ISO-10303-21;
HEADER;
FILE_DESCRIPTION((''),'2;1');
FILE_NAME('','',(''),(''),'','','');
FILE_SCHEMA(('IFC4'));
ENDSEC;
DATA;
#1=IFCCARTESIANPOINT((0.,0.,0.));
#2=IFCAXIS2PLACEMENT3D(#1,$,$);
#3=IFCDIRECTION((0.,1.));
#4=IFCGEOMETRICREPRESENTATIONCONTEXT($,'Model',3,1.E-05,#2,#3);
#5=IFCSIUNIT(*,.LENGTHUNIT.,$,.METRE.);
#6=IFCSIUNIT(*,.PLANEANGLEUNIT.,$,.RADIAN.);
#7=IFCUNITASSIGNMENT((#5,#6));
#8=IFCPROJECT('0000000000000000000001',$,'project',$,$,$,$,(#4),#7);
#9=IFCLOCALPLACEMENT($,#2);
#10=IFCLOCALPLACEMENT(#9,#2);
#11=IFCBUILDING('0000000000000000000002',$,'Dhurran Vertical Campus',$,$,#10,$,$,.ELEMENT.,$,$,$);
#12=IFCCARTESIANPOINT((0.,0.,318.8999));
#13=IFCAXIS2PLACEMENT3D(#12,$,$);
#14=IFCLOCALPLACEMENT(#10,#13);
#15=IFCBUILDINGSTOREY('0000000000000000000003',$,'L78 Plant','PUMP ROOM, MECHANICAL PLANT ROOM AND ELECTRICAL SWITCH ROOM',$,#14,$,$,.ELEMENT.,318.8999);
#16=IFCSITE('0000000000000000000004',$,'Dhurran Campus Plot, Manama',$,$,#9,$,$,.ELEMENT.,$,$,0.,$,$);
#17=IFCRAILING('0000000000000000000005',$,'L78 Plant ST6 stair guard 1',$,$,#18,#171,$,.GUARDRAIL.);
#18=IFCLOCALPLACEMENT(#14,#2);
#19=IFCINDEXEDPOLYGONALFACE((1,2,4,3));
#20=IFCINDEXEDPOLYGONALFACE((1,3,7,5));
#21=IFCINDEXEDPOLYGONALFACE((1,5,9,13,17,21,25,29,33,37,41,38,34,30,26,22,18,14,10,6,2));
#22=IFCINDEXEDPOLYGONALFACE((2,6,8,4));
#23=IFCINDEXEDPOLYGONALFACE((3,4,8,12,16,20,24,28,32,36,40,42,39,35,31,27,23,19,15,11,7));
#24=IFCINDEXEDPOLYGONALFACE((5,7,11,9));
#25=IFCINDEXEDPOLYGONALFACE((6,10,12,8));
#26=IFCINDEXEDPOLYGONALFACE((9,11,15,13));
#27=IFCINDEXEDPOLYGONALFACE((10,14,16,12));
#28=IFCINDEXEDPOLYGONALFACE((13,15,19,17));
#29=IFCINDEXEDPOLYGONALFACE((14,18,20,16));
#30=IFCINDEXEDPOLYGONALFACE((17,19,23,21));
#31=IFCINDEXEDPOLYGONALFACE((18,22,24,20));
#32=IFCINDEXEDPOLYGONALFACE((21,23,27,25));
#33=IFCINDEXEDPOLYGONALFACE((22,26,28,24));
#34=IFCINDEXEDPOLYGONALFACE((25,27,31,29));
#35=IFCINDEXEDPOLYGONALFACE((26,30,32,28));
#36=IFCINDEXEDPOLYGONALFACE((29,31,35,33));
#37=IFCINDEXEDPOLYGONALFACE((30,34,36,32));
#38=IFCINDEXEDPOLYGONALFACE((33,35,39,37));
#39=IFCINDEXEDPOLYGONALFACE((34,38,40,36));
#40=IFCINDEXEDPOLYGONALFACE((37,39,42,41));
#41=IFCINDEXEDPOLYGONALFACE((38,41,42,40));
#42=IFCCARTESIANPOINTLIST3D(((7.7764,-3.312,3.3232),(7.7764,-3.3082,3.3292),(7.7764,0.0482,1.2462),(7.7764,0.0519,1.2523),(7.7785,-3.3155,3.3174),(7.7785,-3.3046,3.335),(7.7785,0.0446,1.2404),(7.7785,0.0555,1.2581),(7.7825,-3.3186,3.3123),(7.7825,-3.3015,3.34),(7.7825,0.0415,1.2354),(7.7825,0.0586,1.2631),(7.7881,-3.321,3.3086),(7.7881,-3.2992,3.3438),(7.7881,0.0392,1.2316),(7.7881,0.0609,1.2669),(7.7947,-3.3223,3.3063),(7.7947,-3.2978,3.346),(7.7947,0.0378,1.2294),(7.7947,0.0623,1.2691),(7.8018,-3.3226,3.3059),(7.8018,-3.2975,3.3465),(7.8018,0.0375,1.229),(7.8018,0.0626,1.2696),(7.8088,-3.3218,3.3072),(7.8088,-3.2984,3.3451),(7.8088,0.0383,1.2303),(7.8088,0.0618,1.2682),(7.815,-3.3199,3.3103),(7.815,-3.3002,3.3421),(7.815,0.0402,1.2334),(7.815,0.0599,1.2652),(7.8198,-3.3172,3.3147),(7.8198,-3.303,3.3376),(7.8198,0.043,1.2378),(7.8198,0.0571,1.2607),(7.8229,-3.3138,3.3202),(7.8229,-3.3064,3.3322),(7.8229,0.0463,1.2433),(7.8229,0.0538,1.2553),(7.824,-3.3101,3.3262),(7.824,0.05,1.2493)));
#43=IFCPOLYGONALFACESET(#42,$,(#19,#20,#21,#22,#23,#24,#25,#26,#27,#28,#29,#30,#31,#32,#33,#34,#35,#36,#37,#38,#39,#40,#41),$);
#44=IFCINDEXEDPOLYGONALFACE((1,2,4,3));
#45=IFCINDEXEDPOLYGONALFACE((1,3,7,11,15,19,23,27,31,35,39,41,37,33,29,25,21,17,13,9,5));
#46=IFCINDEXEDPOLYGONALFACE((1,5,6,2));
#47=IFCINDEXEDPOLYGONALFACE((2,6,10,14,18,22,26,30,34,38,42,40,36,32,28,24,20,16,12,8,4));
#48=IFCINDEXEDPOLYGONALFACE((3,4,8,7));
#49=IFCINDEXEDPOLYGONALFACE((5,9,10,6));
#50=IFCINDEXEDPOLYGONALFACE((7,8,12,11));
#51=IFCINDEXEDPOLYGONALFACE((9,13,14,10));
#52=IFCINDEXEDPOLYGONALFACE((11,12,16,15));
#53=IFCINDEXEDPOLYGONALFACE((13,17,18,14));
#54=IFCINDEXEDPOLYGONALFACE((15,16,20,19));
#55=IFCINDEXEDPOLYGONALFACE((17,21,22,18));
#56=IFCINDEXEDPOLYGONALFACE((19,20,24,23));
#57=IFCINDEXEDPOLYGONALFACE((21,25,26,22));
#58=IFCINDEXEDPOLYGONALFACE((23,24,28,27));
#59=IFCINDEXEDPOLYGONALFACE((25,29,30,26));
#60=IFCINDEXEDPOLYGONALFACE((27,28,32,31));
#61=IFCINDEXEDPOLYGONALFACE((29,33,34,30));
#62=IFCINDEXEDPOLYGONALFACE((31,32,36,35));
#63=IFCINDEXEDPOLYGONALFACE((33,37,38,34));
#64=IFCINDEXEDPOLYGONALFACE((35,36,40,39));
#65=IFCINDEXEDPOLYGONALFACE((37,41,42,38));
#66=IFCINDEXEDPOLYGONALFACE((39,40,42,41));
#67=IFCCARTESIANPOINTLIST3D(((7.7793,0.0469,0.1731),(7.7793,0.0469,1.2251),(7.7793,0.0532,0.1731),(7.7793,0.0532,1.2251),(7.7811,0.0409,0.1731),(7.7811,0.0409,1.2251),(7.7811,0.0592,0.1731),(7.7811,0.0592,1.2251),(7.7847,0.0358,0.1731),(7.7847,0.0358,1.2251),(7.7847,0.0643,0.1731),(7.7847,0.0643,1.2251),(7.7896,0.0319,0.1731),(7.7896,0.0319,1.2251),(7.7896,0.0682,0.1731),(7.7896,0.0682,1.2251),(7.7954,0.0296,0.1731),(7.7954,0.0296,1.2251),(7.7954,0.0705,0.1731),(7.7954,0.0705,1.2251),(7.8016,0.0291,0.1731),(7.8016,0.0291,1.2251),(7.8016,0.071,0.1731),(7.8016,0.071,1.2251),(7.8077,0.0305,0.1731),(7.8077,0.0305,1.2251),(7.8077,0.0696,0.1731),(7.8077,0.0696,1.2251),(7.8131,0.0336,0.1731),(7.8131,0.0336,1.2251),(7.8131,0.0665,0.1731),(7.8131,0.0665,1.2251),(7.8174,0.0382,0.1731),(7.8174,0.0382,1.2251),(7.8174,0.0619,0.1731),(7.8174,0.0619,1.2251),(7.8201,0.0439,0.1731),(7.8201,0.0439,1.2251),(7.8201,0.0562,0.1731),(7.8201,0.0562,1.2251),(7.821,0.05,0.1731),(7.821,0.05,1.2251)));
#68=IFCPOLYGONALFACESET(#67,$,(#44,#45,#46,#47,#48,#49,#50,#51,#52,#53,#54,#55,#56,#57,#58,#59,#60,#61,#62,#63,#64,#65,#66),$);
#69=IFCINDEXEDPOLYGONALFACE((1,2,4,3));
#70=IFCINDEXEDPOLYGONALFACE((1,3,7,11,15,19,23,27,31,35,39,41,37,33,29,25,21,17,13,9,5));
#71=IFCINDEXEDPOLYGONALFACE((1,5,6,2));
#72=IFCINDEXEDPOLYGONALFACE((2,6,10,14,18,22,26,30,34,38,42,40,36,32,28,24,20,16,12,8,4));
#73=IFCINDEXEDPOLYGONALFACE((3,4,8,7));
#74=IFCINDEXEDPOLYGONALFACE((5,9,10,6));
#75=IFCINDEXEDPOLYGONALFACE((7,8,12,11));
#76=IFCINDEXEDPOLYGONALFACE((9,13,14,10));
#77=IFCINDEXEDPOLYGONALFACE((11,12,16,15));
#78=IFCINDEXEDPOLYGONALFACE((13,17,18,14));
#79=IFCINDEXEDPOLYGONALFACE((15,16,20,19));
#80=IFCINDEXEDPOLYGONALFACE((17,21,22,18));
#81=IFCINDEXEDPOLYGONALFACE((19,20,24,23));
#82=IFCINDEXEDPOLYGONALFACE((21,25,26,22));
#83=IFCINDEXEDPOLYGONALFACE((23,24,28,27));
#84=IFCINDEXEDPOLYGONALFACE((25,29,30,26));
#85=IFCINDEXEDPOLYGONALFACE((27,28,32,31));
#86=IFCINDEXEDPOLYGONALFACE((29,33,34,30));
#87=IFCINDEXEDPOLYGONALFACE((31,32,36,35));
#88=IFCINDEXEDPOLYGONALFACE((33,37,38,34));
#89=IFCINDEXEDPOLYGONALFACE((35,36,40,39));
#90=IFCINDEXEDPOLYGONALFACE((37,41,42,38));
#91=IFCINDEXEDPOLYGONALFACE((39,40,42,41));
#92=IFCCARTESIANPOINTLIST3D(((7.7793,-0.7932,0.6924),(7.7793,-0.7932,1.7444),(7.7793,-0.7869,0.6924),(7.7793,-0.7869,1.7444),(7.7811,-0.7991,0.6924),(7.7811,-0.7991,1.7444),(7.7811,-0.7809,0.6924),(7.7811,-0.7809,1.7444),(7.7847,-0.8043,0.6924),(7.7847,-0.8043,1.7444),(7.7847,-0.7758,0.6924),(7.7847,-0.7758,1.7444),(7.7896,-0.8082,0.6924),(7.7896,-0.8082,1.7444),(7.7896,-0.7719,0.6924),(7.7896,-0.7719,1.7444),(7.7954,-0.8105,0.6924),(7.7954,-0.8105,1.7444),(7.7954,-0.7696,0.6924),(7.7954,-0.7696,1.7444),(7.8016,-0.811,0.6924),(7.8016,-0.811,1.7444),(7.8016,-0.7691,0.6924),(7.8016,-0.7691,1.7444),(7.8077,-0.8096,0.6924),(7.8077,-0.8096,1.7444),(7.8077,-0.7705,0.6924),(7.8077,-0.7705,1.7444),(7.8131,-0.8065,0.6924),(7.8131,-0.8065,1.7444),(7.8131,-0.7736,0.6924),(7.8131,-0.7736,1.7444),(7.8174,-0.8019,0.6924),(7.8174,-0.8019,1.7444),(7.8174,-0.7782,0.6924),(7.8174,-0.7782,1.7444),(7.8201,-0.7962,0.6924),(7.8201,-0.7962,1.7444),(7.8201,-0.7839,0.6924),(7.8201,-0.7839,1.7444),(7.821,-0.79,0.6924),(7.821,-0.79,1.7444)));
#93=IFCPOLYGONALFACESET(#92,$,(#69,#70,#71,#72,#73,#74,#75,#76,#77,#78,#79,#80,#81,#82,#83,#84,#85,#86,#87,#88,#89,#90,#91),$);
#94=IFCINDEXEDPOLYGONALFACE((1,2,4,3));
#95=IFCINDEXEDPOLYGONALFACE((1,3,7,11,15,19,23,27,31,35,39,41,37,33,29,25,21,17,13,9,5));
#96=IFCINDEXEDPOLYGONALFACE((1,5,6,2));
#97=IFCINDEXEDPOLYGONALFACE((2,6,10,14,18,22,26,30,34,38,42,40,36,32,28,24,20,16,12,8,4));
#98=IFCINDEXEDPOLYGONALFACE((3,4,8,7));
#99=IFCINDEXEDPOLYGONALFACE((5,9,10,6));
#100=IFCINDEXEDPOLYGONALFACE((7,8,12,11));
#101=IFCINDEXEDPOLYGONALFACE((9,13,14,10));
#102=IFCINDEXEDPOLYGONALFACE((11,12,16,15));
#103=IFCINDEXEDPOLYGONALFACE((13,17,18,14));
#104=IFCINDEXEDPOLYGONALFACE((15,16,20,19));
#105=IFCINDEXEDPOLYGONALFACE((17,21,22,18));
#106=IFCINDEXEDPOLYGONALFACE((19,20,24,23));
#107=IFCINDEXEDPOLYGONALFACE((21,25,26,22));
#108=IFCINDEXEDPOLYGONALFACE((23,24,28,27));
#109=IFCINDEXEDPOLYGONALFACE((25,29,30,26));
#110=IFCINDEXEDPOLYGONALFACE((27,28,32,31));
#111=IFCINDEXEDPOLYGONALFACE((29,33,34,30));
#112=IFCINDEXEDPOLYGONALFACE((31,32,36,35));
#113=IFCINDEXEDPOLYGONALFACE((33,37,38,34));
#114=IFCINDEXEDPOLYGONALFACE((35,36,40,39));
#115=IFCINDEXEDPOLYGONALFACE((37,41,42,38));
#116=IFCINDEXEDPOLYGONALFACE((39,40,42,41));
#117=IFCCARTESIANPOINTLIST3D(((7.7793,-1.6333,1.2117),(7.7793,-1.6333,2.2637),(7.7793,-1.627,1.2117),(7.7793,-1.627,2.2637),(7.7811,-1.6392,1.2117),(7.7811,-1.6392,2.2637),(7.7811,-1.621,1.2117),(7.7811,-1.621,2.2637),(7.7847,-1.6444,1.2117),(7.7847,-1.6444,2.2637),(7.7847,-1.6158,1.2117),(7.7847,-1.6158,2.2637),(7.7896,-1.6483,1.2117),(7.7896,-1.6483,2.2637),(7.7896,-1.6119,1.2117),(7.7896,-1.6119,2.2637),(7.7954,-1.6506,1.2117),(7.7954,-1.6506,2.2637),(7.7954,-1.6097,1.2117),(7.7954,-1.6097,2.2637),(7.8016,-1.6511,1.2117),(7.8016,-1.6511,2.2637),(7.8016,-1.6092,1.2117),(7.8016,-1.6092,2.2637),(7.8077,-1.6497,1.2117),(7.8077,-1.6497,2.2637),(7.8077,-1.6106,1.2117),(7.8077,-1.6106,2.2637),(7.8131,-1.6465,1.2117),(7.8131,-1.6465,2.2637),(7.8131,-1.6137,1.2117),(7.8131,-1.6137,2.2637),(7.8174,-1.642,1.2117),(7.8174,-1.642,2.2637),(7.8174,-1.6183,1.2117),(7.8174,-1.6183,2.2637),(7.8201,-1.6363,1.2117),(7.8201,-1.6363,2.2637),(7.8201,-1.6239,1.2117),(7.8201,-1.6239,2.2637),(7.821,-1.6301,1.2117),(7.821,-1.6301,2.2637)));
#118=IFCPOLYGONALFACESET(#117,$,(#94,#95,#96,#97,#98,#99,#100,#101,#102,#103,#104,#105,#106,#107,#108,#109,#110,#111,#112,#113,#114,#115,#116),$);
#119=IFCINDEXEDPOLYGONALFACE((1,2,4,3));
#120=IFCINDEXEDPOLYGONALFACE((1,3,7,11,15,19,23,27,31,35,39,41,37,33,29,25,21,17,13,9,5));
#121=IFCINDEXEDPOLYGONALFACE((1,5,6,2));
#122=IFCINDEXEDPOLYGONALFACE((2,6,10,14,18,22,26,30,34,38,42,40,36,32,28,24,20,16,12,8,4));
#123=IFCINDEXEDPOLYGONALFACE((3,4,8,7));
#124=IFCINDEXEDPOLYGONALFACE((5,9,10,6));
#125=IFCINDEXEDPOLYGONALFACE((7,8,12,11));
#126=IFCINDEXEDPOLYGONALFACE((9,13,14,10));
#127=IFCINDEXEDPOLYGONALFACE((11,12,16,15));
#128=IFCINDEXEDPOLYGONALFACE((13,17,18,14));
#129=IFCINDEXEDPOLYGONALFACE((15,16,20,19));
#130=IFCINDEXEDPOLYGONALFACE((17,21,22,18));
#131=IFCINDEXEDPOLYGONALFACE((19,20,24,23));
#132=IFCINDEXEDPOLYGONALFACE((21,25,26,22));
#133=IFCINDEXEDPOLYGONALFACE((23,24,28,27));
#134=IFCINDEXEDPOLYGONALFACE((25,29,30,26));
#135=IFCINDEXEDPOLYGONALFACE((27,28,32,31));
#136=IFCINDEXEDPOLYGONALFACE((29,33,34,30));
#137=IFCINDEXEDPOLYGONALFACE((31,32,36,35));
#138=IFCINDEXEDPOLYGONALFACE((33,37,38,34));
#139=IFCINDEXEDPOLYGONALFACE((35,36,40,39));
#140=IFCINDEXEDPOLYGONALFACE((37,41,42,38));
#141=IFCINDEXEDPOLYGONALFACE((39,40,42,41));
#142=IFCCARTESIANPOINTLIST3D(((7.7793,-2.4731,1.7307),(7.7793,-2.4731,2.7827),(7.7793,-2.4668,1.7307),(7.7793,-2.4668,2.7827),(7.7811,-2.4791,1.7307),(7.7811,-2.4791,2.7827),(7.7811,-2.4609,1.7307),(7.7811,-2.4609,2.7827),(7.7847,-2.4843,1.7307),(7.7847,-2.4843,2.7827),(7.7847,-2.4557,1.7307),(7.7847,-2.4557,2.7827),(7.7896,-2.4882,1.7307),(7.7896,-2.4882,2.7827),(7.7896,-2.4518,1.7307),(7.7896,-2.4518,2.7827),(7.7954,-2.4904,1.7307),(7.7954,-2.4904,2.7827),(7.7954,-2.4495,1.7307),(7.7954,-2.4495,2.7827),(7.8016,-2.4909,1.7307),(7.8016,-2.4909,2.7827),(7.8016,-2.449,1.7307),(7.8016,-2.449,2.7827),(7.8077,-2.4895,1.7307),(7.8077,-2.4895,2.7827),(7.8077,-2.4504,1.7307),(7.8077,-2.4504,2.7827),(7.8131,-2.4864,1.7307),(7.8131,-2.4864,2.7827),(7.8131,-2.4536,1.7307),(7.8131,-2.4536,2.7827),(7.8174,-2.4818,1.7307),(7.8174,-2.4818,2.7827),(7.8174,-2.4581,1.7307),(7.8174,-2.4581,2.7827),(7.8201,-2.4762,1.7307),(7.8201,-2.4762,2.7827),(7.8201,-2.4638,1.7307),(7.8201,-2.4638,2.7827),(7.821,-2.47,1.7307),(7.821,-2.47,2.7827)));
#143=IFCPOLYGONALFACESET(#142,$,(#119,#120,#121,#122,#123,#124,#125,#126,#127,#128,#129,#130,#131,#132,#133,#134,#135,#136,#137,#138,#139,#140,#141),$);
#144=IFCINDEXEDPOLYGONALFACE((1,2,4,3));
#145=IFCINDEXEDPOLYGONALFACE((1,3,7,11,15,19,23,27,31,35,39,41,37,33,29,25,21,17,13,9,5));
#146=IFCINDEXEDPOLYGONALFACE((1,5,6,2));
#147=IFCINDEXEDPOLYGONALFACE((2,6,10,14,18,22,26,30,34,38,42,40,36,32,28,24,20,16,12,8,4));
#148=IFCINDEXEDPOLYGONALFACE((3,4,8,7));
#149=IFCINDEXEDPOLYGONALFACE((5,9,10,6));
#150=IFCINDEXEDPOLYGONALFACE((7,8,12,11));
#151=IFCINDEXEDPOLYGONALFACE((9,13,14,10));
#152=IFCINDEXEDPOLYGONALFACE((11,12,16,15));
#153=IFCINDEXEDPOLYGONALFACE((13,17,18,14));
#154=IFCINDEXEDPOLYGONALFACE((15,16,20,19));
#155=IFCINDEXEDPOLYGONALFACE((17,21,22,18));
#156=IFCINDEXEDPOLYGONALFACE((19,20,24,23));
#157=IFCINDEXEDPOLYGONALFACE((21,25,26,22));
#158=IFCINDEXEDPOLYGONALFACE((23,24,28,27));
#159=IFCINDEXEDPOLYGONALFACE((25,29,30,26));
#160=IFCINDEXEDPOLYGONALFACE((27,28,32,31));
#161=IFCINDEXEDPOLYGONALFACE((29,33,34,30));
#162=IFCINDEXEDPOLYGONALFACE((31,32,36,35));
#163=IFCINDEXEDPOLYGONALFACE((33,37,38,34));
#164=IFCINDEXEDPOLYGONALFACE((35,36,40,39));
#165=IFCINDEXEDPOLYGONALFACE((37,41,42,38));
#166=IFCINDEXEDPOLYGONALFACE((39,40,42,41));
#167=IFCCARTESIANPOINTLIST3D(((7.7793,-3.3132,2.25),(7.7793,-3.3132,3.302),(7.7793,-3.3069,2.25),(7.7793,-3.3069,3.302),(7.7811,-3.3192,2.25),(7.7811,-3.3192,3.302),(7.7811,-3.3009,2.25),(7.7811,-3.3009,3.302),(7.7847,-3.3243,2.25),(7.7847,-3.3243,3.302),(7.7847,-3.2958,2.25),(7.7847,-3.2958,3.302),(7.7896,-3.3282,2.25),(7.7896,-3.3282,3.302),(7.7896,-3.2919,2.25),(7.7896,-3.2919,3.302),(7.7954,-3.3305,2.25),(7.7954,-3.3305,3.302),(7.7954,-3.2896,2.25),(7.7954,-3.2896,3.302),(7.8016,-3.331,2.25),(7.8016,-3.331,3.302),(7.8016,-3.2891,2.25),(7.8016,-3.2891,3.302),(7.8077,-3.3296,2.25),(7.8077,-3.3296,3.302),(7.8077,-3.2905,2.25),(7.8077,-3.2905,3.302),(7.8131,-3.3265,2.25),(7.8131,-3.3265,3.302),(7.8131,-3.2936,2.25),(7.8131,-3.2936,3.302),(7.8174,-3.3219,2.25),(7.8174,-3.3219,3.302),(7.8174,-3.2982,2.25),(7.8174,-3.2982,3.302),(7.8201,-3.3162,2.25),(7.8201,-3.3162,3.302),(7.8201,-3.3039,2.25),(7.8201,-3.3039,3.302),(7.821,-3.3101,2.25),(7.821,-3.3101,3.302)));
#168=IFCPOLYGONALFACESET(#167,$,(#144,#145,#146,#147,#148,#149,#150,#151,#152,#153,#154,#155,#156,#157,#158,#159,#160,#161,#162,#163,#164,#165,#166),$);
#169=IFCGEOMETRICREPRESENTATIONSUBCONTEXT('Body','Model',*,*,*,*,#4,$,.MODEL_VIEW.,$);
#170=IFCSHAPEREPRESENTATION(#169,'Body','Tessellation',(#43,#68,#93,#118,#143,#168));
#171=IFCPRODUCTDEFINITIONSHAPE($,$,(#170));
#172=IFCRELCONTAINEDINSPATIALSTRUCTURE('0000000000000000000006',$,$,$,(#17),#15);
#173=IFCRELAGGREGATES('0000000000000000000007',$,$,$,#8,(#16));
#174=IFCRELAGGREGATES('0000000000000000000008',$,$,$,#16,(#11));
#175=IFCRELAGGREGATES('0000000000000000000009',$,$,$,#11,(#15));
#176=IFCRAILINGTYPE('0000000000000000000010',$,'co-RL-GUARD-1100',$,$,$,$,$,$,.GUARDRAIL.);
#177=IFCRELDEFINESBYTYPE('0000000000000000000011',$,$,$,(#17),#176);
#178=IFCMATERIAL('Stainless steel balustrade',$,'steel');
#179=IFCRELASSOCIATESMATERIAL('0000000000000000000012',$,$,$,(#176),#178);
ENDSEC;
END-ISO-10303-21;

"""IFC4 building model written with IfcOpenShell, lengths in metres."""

from ifc_helpers import new_model, si_unit, direction, frame, origin, origin_2d, place, context, subcontext, project, spatial, circle, extrude, material, type_object, element, save


model = new_model("IFC4")

# Units and contexts
model_context = context("Model", 3, precision=1e-05, world=origin(), true_north=direction((0.0, 1.0)))
body_context = subcontext(model_context, "Body", "Model", "MODEL_VIEW")
ifc_project = project(units=[si_unit("LENGTHUNIT", "METRE"), si_unit("PLANEANGLEUNIT", "RADIAN")], contexts=[model_context])

# Site, building, storey
site_placement = place(None, origin())
site = spatial("IfcSite", under=ifc_project, at=site_placement, Name="Dhurran Campus Plot, Manama", CompositionType="ELEMENT", RefElevation=0.0)
building_placement = place(site_placement, origin())
building = spatial("IfcBuilding", under=site, at=building_placement, Name="Dhurran Vertical Campus", CompositionType="ELEMENT")
storey_placement = place(building_placement, frame((0.0, 0.0, 318.8999)))
storey = spatial("IfcBuildingStorey", under=building, at=storey_placement, Name="L78 Plant", Description="PUMP ROOM, MECHANICAL PLANT ROOM AND ELECTRICAL SWITCH ROOM", CompositionType="ELEMENT", Elevation=318.8999)

# Railing
ifc_material_1 = material(Name="Stainless steel balustrade", Category="steel")
railing_type = type_object("IfcRailingType", Name="co-RL-GUARD-1100", PredefinedType="GUARDRAIL", material=ifc_material_1)
railing_1_placement = place(storey_placement, frame((7.8, 0.05, 0.1731)))
element("IfcRailing", 1, at=railing_1_placement, inside=storey, type_object=railing_type, Name="L78 Plant ST6 stair guard 1", PredefinedType="GUARDRAIL", context=body_context, shape_type="SweptSolid", body=[
    extrude(circle(Radius=0.0239, at=origin_2d()), frame((0.0, 0.0, 1.0762), z_axis=(0.0, -0.850623, 0.525776), x_axis=(1.0, 0.0, 0.0)), (0.0, 0.0, 1.0), 3.9502),
    extrude(circle(Radius=0.021, at=origin_2d()), origin(), (0.0, 0.0, 1.0), 1.052),
    extrude(circle(Radius=0.021, at=origin_2d()), frame((0.0, -0.8401, 0.5193)), (0.0, 0.0, 1.0), 1.052),
    extrude(circle(Radius=0.021, at=origin_2d()), frame((0.0, -1.6802, 1.0386)), (0.0, 0.0, 1.0), 1.052),
    extrude(circle(Radius=0.021, at=origin_2d()), frame((0.0, -2.52, 1.5576)), (0.0, 0.0, 1.0), 1.052),
    extrude(circle(Radius=0.021, at=origin_2d()), frame((0.0, -3.3601, 2.0769)), (0.0, 0.0, 1.0), 1.052),
])

save(model, "model.ifc")
